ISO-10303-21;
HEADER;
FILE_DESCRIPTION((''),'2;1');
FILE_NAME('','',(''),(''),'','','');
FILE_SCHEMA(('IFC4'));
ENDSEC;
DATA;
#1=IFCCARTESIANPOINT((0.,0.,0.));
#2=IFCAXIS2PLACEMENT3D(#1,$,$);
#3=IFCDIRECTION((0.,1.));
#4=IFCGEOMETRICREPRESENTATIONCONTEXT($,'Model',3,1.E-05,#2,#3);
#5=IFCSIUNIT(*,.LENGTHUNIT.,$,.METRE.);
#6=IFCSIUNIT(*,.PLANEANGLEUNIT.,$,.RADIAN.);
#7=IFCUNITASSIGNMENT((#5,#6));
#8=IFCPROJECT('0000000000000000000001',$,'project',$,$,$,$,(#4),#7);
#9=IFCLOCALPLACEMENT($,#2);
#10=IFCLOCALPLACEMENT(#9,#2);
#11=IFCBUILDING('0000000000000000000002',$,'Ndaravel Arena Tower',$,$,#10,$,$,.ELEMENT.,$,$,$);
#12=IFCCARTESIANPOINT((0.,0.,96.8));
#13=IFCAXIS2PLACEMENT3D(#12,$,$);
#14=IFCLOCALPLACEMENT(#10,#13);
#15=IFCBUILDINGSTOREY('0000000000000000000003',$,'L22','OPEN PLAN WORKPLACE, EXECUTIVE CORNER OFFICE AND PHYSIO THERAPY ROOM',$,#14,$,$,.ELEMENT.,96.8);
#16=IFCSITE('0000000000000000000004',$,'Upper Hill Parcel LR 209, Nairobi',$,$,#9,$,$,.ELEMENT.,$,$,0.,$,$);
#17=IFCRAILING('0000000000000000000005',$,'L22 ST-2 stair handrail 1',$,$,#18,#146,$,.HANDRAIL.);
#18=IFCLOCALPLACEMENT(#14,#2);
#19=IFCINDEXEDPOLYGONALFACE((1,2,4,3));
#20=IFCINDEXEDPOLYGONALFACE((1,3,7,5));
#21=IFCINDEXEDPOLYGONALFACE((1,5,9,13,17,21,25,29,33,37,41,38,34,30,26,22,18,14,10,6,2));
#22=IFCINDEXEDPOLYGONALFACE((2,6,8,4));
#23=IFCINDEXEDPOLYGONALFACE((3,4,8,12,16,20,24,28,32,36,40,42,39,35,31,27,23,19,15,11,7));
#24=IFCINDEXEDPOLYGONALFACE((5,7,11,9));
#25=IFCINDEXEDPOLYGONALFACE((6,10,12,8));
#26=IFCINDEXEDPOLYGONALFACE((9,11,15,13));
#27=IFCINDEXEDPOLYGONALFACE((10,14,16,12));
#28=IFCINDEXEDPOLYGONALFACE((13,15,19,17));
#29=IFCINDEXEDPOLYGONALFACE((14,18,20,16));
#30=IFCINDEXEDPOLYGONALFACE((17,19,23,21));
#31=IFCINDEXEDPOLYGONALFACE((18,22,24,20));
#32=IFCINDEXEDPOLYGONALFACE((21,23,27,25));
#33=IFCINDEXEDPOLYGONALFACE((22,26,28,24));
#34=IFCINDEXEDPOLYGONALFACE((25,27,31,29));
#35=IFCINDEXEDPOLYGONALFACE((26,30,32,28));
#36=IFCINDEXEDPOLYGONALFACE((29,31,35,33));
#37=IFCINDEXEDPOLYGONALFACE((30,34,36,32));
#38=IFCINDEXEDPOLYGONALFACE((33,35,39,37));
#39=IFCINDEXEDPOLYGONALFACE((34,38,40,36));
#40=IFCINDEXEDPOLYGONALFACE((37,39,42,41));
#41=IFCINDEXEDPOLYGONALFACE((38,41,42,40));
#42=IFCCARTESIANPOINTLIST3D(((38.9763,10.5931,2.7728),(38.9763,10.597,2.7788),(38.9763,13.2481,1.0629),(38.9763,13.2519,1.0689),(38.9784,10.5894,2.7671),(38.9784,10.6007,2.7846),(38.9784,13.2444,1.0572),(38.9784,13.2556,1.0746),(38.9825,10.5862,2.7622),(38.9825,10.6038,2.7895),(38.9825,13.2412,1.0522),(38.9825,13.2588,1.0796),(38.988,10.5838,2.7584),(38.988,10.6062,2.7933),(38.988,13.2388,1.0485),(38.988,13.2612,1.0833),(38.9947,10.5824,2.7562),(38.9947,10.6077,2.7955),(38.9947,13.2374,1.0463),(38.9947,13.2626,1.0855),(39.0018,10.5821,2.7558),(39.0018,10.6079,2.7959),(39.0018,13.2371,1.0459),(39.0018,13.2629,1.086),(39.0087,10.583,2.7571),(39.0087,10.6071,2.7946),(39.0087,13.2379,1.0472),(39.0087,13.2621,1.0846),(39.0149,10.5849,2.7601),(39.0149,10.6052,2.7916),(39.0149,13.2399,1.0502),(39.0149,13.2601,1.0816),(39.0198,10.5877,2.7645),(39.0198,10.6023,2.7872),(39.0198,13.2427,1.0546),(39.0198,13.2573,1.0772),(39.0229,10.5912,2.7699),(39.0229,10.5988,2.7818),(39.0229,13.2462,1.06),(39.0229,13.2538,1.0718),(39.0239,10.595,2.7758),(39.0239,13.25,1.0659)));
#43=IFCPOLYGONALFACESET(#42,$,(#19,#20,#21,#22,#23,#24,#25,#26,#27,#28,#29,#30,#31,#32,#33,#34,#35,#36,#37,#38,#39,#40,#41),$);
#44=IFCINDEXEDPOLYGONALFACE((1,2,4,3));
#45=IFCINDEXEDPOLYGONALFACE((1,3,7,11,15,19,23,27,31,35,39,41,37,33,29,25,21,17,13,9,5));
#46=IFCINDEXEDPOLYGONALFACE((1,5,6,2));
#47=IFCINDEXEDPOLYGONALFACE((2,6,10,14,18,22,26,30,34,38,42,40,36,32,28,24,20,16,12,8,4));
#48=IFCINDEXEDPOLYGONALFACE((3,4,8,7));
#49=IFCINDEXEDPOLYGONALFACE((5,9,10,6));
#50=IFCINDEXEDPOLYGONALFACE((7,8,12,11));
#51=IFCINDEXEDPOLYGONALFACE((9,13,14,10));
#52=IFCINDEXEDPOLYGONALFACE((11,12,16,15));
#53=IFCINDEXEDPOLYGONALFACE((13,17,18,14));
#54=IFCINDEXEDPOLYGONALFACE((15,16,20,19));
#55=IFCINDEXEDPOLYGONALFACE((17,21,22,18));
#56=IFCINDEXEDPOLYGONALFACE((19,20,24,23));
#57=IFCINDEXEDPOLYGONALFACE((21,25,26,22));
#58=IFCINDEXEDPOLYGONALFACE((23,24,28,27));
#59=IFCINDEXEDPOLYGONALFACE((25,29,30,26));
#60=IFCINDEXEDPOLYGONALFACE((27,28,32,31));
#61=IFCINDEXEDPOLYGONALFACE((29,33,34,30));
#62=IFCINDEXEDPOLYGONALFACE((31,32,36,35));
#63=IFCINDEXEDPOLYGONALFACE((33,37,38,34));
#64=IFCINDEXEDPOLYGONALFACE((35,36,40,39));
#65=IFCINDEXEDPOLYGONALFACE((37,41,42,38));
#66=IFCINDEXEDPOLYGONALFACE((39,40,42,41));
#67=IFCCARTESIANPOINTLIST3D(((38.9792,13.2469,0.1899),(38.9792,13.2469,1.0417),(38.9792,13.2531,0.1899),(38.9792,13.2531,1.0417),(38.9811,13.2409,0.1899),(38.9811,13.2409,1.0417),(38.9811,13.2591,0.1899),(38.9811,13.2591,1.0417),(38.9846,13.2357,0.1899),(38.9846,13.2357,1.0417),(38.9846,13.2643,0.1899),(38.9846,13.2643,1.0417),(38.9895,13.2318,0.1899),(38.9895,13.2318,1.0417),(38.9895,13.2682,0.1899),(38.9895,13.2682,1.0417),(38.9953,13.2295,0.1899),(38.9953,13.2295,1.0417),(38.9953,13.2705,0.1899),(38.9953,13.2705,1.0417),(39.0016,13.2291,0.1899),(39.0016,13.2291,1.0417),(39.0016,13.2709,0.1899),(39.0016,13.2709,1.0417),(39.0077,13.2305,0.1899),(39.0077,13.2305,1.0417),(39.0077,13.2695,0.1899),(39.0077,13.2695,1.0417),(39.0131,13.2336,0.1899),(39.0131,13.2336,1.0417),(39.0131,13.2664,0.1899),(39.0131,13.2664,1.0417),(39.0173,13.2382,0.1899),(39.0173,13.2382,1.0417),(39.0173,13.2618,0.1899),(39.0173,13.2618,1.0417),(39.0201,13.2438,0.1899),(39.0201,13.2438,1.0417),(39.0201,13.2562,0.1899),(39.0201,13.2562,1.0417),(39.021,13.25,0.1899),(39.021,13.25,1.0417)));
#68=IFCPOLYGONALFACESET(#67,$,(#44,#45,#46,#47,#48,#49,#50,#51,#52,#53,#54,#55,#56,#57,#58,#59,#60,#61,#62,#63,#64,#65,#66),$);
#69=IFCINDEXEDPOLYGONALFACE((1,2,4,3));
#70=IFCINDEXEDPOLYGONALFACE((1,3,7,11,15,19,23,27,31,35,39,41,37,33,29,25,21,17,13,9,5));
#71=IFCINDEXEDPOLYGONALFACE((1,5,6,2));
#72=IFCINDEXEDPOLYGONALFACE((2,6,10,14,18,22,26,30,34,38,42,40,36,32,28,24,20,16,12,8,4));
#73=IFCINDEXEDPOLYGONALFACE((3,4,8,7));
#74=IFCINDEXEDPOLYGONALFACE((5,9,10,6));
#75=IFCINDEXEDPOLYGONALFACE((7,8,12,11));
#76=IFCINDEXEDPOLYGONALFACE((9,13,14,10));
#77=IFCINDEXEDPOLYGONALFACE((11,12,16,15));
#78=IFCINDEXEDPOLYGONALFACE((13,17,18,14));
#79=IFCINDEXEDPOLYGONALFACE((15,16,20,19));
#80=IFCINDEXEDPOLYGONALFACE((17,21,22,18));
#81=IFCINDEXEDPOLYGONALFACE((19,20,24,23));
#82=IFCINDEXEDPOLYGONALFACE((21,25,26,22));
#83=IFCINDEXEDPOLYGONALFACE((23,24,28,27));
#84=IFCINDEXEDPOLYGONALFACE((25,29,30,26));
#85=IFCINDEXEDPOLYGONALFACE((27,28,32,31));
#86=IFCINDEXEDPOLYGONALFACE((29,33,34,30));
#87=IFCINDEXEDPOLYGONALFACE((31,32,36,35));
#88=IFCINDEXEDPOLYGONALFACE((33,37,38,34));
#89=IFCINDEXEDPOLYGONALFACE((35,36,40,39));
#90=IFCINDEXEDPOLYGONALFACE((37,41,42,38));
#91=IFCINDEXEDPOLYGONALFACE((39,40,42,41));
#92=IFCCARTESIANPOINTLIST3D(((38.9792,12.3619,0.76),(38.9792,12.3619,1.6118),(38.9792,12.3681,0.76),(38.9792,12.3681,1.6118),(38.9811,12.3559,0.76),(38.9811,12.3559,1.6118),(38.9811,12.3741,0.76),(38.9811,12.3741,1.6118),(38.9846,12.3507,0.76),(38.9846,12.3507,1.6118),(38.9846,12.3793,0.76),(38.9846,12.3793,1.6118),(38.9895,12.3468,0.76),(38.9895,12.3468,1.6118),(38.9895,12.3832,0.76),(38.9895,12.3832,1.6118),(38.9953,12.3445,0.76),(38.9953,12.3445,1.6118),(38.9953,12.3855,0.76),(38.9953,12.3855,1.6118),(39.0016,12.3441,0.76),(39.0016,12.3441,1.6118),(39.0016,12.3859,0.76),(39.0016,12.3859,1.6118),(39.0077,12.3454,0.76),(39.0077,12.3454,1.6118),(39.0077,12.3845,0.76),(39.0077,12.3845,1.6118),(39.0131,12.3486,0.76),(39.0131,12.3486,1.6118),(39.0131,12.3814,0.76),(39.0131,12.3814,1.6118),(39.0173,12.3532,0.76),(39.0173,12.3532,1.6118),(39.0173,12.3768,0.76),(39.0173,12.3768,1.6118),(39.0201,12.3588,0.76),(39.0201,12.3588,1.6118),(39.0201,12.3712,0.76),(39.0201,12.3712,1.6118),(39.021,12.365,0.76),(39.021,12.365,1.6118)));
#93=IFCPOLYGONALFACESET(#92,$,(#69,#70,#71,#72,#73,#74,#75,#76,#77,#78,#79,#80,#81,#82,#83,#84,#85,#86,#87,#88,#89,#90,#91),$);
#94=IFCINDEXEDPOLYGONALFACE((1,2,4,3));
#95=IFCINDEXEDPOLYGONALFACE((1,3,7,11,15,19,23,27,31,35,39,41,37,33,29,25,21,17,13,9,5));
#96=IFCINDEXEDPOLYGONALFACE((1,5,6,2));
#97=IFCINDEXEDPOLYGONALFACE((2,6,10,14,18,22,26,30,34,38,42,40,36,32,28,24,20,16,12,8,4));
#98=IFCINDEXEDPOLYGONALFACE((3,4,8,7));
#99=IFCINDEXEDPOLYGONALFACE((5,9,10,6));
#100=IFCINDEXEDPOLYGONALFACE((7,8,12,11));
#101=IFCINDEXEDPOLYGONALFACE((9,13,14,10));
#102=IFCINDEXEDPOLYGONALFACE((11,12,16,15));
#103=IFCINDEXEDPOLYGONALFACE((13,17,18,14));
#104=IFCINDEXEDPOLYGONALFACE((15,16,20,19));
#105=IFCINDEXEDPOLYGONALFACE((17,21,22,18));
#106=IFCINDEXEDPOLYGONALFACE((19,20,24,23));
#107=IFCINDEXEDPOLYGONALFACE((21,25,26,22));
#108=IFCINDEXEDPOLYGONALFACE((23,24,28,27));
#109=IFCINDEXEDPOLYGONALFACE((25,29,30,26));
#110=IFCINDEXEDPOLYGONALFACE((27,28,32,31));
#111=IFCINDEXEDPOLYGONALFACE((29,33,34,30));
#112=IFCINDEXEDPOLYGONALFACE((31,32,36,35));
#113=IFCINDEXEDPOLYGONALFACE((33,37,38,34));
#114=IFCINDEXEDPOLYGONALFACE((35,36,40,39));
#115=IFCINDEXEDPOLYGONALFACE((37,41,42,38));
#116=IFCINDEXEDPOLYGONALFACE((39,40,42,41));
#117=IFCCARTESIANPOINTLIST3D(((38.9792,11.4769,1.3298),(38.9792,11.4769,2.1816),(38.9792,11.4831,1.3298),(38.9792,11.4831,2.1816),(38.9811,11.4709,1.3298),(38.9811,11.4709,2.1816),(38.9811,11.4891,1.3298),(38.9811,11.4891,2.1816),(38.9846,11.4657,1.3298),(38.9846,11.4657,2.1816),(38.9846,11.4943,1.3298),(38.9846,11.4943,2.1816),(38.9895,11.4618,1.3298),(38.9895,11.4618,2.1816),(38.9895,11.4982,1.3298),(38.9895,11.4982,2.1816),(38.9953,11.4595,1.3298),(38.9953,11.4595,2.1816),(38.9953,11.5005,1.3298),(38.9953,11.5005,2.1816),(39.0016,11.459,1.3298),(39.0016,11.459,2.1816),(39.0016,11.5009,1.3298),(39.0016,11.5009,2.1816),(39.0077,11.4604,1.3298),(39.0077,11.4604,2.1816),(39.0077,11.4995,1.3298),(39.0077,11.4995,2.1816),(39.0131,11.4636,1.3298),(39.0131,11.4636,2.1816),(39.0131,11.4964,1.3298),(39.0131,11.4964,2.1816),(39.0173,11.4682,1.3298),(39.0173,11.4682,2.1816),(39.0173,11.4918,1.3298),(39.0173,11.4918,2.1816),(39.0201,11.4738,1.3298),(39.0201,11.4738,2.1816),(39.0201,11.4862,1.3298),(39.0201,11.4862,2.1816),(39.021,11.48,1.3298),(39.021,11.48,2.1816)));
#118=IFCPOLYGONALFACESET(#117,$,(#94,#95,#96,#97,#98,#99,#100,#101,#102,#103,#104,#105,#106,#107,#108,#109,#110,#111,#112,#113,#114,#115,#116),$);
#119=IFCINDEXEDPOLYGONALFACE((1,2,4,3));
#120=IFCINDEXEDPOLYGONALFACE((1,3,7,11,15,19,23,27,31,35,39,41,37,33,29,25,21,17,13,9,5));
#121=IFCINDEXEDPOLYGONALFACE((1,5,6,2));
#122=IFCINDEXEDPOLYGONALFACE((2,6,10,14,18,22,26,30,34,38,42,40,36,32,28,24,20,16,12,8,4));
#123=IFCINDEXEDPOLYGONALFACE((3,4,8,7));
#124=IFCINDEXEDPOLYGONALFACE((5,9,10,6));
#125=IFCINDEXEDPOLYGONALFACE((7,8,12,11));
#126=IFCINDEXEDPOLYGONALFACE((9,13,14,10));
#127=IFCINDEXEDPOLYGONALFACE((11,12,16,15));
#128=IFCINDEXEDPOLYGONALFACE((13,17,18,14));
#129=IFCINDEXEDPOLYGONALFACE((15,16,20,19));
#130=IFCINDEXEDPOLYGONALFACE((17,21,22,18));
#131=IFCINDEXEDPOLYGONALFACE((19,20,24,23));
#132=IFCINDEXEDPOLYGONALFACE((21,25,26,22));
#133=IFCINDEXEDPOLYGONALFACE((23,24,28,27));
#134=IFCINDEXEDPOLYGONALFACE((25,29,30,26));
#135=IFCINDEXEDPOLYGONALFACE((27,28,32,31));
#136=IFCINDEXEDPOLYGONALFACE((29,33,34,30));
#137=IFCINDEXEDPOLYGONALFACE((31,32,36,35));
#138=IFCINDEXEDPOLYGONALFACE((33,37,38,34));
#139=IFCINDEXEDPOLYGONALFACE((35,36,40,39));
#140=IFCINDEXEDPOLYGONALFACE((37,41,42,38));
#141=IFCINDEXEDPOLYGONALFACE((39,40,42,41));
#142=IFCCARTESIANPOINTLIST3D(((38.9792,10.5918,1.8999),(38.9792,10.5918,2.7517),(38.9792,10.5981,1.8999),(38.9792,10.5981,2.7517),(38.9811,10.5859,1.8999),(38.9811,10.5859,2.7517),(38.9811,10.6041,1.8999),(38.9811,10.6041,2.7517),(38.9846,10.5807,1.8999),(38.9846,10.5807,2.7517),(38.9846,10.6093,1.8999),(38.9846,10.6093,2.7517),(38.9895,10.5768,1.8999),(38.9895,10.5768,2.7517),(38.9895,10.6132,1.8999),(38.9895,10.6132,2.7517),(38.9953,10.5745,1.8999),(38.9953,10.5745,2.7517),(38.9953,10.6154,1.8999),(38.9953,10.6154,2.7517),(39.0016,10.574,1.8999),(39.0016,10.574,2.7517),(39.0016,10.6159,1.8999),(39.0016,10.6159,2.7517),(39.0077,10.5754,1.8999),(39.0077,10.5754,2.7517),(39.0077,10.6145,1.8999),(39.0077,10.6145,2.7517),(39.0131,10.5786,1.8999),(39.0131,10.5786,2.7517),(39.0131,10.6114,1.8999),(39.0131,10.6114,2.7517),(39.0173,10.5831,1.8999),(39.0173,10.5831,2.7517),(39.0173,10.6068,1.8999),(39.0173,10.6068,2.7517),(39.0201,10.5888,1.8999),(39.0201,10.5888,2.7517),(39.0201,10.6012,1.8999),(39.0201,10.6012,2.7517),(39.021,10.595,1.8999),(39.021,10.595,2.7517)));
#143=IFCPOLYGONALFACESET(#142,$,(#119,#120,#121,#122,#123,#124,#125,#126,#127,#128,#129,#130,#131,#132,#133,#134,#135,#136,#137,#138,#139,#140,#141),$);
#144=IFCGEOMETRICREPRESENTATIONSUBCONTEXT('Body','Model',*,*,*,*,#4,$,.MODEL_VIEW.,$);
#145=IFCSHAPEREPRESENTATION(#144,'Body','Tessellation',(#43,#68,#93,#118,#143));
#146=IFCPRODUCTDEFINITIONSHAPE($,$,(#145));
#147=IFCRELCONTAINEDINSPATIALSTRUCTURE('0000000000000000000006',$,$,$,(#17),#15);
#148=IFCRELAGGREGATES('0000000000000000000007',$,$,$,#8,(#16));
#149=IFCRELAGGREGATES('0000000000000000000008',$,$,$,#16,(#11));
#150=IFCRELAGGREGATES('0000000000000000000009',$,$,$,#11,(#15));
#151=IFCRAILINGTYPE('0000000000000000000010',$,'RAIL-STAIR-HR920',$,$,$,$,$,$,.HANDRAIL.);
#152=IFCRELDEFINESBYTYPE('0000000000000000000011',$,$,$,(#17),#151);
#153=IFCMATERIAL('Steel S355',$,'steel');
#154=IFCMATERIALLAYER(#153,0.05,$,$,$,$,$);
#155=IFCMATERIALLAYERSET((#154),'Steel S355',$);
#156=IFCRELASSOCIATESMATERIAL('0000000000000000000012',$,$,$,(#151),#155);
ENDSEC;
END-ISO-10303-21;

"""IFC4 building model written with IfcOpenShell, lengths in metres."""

from ifc_helpers import new_model, si_unit, direction, frame, origin, origin_2d, place, context, subcontext, project, spatial, circle, extrude, material, layer, layer_set, type_object, element, save


model = new_model("IFC4")

# Units and contexts
model_context = context("Model", 3, precision=1e-05, world=origin(), true_north=direction((0.0, 1.0)))
body_context = subcontext(model_context, "Body", "Model", "MODEL_VIEW")
ifc_project = project(units=[si_unit("LENGTHUNIT", "METRE"), si_unit("PLANEANGLEUNIT", "RADIAN")], contexts=[model_context])

# Site, building, storey
site_placement = place(None, origin())
site = spatial("IfcSite", under=ifc_project, at=site_placement, Name="Upper Hill Parcel LR 209, Nairobi", CompositionType="ELEMENT", RefElevation=0.0)
building_placement = place(site_placement, origin())
building = spatial("IfcBuilding", under=site, at=building_placement, Name="Ndaravel Arena Tower", CompositionType="ELEMENT")
storey_placement = place(building_placement, frame((0.0, 0.0, 96.8)))
storey = spatial("IfcBuildingStorey", under=building, at=storey_placement, Name="L22", Description="OPEN PLAN WORKPLACE, EXECUTIVE CORNER OFFICE AND PHYSIO THERAPY ROOM", CompositionType="ELEMENT", Elevation=96.8)

# Railing
ifc_material_1 = material(Name="Steel S355", Category="steel")
ifc_layer_1 = layer(ifc_material_1, 0.05)
ifc_layer_set_1 = layer_set([ifc_layer_1], Name="Steel S355")
railing_type_1 = type_object("IfcRailingType", Name="RAIL-STAIR-HR920", PredefinedType="HANDRAIL", material=ifc_layer_set_1)
railing_1_placement = place(storey_placement, frame((39.0, 13.25, 0.1899)))
element("IfcRailing", 1, at=railing_1_placement, inside=storey, type_object=railing_type_1, Name="L22 ST-2 stair handrail 1", PredefinedType="HANDRAIL", context=body_context, shape_type="SweptSolid", body=[
    extrude(circle(Radius=0.0239, at=origin_2d()), frame((0.0, 0.0, 0.876), z_axis=(0.0, -0.840724, 0.541465), x_axis=(1.0, 0.0, 0.0)), (0.0, 0.0, 1.0), 3.158),
    extrude(circle(Radius=0.021, at=origin_2d()), origin(), (0.0, 0.0, 1.0), 0.8518),
    extrude(circle(Radius=0.021, at=origin_2d()), frame((0.0, -0.885, 0.5701)), (0.0, 0.0, 1.0), 0.8518),
    extrude(circle(Radius=0.021, at=origin_2d()), frame((0.0, -1.77, 1.1399)), (0.0, 0.0, 1.0), 0.8518),
    extrude(circle(Radius=0.021, at=origin_2d()), frame((0.0, -2.655, 1.71)), (0.0, 0.0, 1.0), 0.8518),
])

save(model, "model.ifc")
